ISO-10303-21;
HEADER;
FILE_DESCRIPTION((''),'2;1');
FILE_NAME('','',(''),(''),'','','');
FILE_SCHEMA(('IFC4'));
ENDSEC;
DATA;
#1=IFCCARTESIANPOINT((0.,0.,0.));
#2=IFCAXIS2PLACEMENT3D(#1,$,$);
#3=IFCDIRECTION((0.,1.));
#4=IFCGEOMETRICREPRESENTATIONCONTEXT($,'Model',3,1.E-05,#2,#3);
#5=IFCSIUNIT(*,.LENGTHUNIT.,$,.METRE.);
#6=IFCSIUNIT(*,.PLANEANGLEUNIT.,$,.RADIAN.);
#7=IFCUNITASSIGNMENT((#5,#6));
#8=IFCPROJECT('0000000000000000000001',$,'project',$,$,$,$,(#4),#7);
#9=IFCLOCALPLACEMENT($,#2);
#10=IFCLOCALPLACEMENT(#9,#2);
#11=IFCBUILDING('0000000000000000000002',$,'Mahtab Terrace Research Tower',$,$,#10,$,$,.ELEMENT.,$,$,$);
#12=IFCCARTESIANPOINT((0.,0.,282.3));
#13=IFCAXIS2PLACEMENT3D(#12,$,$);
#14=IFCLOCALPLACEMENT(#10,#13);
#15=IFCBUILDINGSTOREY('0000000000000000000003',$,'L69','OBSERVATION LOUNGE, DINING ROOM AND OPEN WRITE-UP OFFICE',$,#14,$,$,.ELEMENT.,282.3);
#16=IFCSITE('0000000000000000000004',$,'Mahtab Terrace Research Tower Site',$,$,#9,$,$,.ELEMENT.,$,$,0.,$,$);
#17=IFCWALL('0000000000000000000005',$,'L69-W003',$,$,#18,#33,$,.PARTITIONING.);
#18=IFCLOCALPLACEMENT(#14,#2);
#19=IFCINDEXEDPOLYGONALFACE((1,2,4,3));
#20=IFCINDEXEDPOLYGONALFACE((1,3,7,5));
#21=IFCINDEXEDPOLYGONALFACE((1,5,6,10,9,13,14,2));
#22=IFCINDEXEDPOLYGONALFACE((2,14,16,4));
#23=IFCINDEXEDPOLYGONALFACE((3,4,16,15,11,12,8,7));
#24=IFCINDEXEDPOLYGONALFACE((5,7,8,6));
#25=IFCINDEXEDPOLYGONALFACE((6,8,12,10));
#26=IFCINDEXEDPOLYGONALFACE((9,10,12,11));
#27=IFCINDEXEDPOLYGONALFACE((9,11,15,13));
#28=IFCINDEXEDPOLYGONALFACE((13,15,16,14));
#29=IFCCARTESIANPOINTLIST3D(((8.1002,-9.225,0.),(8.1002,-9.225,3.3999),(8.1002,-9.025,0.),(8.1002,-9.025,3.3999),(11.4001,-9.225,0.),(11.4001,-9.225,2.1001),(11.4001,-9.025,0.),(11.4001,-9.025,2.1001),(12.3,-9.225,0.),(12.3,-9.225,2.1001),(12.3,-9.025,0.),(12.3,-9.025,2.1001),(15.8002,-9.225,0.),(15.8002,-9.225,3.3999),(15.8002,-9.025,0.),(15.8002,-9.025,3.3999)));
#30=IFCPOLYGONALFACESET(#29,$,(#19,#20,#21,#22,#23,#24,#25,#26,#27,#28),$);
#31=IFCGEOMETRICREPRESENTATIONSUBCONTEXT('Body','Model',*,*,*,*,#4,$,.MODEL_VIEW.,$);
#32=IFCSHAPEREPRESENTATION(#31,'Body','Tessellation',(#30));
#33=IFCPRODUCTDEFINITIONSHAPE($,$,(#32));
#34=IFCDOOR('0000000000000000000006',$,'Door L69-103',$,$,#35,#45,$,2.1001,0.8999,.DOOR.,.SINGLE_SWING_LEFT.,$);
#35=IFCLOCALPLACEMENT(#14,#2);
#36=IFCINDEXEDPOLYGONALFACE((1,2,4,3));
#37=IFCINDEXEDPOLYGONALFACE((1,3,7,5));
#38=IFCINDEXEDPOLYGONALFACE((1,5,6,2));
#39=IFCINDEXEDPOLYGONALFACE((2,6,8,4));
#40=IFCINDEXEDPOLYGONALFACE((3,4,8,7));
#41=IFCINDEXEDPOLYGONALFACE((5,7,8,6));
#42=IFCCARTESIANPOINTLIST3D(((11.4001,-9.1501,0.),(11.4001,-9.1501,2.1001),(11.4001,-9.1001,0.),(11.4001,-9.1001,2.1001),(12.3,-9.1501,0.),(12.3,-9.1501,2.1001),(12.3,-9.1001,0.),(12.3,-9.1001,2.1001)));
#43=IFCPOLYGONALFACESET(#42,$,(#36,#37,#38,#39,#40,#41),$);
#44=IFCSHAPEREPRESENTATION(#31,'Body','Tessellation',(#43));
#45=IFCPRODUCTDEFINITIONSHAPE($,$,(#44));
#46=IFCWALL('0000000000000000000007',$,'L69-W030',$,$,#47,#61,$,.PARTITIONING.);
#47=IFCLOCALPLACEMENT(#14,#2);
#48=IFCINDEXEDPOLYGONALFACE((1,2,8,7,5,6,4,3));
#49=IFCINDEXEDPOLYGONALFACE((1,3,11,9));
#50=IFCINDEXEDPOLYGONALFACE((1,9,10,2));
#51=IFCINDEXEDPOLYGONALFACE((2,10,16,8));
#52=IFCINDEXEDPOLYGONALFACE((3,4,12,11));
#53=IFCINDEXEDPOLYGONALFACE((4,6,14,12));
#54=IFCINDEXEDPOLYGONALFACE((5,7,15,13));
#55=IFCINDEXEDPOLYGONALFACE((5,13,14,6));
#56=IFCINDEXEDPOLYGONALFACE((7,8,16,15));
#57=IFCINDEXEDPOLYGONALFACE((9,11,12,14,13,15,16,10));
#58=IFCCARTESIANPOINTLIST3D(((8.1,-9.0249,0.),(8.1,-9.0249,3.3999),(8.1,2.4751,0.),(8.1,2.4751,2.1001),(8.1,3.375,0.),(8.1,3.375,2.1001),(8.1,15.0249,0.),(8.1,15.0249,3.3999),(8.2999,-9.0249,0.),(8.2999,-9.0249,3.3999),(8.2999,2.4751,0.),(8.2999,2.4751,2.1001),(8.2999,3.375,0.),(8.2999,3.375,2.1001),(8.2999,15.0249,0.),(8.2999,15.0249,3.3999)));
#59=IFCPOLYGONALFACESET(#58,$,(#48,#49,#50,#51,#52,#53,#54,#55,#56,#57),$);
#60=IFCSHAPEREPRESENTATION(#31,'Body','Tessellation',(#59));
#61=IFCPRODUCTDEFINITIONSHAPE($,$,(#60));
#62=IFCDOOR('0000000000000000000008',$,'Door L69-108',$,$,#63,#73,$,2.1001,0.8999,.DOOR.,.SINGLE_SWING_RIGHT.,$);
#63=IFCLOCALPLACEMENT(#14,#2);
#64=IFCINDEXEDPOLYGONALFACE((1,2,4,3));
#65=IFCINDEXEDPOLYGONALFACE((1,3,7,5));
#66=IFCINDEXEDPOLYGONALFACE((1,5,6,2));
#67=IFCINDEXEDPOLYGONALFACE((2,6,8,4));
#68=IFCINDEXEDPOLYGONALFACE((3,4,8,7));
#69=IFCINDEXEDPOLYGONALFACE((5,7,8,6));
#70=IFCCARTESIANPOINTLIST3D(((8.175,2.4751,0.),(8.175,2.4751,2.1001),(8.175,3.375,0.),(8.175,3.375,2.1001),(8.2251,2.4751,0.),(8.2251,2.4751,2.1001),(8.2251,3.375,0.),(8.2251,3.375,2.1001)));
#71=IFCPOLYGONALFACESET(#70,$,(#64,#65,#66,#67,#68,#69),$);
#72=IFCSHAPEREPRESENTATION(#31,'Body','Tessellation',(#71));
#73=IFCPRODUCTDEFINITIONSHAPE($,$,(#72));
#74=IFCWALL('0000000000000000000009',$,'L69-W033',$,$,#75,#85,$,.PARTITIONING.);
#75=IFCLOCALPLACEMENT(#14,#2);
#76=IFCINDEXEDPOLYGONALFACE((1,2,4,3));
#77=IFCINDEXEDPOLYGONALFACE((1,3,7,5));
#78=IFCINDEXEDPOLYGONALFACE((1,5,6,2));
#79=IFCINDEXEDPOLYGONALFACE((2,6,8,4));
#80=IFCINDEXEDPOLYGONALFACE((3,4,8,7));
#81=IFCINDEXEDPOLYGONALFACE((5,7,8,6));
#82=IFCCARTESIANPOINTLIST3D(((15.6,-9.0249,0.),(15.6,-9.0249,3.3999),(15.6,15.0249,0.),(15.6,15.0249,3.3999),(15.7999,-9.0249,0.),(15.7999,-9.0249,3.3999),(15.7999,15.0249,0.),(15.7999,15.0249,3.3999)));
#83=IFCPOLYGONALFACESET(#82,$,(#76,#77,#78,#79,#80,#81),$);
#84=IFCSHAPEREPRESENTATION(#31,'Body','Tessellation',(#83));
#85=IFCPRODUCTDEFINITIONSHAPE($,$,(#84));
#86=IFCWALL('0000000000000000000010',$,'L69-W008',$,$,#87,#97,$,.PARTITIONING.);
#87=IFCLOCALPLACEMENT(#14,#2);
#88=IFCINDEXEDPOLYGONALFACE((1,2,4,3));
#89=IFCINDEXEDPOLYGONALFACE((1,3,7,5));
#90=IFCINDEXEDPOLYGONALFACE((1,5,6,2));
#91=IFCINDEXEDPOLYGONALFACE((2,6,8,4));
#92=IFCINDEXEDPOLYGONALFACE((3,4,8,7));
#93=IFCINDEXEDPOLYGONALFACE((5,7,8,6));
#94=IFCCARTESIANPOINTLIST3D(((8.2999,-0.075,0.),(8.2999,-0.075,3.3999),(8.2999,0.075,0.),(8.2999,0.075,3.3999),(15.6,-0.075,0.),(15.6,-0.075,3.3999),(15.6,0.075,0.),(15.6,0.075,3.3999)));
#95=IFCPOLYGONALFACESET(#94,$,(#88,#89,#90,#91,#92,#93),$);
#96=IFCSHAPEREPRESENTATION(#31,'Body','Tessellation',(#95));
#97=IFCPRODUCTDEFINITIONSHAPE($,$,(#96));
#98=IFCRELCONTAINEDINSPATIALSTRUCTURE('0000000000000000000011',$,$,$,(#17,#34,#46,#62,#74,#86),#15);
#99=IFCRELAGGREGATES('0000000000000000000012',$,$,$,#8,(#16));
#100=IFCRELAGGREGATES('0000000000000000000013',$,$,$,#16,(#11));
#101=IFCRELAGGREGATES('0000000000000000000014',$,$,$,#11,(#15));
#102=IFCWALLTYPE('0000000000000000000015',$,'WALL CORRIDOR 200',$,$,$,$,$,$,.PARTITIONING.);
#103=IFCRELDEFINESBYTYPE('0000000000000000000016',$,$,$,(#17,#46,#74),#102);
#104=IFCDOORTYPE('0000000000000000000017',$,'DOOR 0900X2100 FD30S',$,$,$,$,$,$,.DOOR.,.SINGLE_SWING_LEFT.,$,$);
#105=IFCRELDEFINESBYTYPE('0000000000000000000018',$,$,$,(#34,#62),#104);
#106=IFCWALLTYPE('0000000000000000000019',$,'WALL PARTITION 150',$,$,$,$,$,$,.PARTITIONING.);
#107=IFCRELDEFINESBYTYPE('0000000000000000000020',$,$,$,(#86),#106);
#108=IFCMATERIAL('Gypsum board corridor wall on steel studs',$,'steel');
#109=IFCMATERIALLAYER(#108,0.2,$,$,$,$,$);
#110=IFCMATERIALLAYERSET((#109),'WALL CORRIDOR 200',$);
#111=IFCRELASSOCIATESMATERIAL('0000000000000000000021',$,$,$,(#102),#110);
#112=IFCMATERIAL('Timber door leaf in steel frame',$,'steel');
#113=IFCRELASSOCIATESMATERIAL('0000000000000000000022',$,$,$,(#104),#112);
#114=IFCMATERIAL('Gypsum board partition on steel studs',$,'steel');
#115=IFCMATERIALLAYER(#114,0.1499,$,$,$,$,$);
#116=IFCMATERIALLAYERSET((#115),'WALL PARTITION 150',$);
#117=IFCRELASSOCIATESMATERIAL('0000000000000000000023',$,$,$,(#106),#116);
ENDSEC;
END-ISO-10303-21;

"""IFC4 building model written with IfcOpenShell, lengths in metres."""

from ifc_helpers import new_model, si_unit, direction, frame, frame_2d, origin, place, context, subcontext, project, spatial, rectangle, extrude, material, layer, layer_set, type_object, element, fill, save


model = new_model("IFC4")

# Units and contexts
model_context = context("Model", 3, precision=1e-05, world=origin(), true_north=direction((0.0, 1.0)))
body_context = subcontext(model_context, "Body", "Model", "MODEL_VIEW")
ifc_project = project(units=[si_unit("LENGTHUNIT", "METRE"), si_unit("PLANEANGLEUNIT", "RADIAN")], contexts=[model_context])

# Site, building, storey
site_placement = place(None, origin())
site = spatial("IfcSite", under=ifc_project, at=site_placement, Name="Mahtab Terrace Research Tower Site", CompositionType="ELEMENT", RefElevation=0.0)
building_placement = place(site_placement, origin())
building = spatial("IfcBuilding", under=site, at=building_placement, Name="Mahtab Terrace Research Tower", CompositionType="ELEMENT")
storey_placement = place(building_placement, frame((0.0, 0.0, 282.3)))
storey = spatial("IfcBuildingStorey", under=building, at=storey_placement, Name="L69", Description="OBSERVATION LOUNGE, DINING ROOM AND OPEN WRITE-UP OFFICE", CompositionType="ELEMENT", Elevation=282.3)

# Walls, openings, doors
ifc_material_1 = material(Name="Gypsum board corridor wall on steel studs", Category="steel")
ifc_layer_1 = layer(ifc_material_1, 0.2)
ifc_layer_set_1 = layer_set([ifc_layer_1], Name="WALL CORRIDOR 200")
wall_type_1 = type_object("IfcWallType", Name="WALL CORRIDOR 200", PredefinedType="PARTITIONING", material=ifc_layer_set_1)
wall_1_placement = place(storey_placement, frame((8.1001, -9.125, 0.0), z_axis=(0.0, 0.0, 1.0), x_axis=(1.0, 0.0, 0.0)))
wall_1 = element("IfcWall", 1, at=wall_1_placement, inside=storey, type_object=wall_type_1, Name="L69-W003", PredefinedType="PARTITIONING", context=body_context, shape_type="SweptSolid", body=[
    extrude(rectangle(XDim=7.7, YDim=0.2, at=frame_2d((3.8501, 0.0))), origin(), (0.0, 0.0, 1.0), 3.3999),
])
opening_1_placement = place(wall_1_placement, frame((3.3, 0.0, 0.0)))
opening_1 = element("IfcOpeningElement", 2, at=opening_1_placement, cuts=wall_1, PredefinedType="OPENING", context=body_context, shape_type="SweptSolid", body=[
    extrude(rectangle(XDim=0.8999, YDim=2.1001, at=frame_2d((0.45, 1.05))), frame((0.0, 0.1099, 0.0), z_axis=(0.0, -1.0, 0.0), x_axis=(1.0, 0.0, 0.0)), (0.0, 0.0, 1.0), 0.22),
])
ifc_material_2 = material(Name="Timber door leaf in steel frame", Category="steel")
door_type = type_object("IfcDoorType", Name="DOOR 0900X2100 FD30S", OperationType="SINGLE_SWING_LEFT", PredefinedType="DOOR", material=ifc_material_2)
door_1_placement = place(opening_1_placement, origin())
door_1 = element("IfcDoor", 3, at=door_1_placement, inside=storey, type_object=door_type, Name="Door L69-103", OperationType="SINGLE_SWING_LEFT", OverallHeight=2.1001, OverallWidth=0.8999, PredefinedType="DOOR", context=body_context, shape_type="SweptSolid", body=[
    extrude(rectangle(XDim=0.8999, YDim=2.1001, at=frame_2d((0.45, 1.05))), frame((0.0, 0.0249, 0.0), z_axis=(0.0, -1.0, 0.0), x_axis=(1.0, 0.0, 0.0)), (0.0, 0.0, 1.0), 0.05),
])
fill(opening_1, door_1)
wall_2_placement = place(storey_placement, frame((8.2, -9.0249, 0.0), z_axis=(0.0, 0.0, 1.0), x_axis=(0.0, 1.0, 0.0)))
wall_2 = element("IfcWall", 4, at=wall_2_placement, inside=storey, type_object=wall_type_1, Name="L69-W030", PredefinedType="PARTITIONING", context=body_context, shape_type="SweptSolid", body=[
    extrude(rectangle(XDim=24.0498, YDim=0.2, at=frame_2d((12.0249, 0.0))), origin(), (0.0, 0.0, 1.0), 3.3999),
])
opening_2_placement = place(wall_2_placement, frame((11.5, 0.0, 0.0)))
opening_2 = element("IfcOpeningElement", 5, at=opening_2_placement, cuts=wall_2, PredefinedType="OPENING", context=body_context, shape_type="SweptSolid", body=[
    extrude(rectangle(XDim=0.8999, YDim=2.1001, at=frame_2d((0.45, 1.05))), frame((0.0, 0.1099, 0.0), z_axis=(0.0, -1.0, 0.0), x_axis=(1.0, 0.0, 0.0)), (0.0, 0.0, 1.0), 0.22),
])
door_2_placement = place(opening_2_placement, origin())
door_2 = element("IfcDoor", 6, at=door_2_placement, inside=storey, type_object=door_type, Name="Door L69-108", OperationType="SINGLE_SWING_RIGHT", OverallHeight=2.1001, OverallWidth=0.8999, PredefinedType="DOOR", context=body_context, shape_type="SweptSolid", body=[
    extrude(rectangle(XDim=0.8999, YDim=2.1001, at=frame_2d((0.45, 1.05))), frame((0.0, 0.0249, 0.0), z_axis=(0.0, -1.0, 0.0), x_axis=(1.0, 0.0, 0.0)), (0.0, 0.0, 1.0), 0.05),
])
fill(opening_2, door_2)

# Walls
wall_3_placement = place(storey_placement, frame((15.7, -9.0249, 0.0), z_axis=(0.0, 0.0, 1.0), x_axis=(0.0, 1.0, 0.0)))
element("IfcWall", 7, at=wall_3_placement, inside=storey, type_object=wall_type_1, Name="L69-W033", PredefinedType="PARTITIONING", context=body_context, shape_type="SweptSolid", body=[
    extrude(rectangle(XDim=24.0498, YDim=0.2, at=frame_2d((12.0249, 0.0))), origin(), (0.0, 0.0, 1.0), 3.3999),
])
ifc_material_3 = material(Name="Gypsum board partition on steel studs", Category="steel")
ifc_layer_2 = layer(ifc_material_3, 0.1499)
ifc_layer_set_2 = layer_set([ifc_layer_2], Name="WALL PARTITION 150")
wall_type_2 = type_object("IfcWallType", Name="WALL PARTITION 150", PredefinedType="PARTITIONING", material=ifc_layer_set_2)
wall_4_placement = place(storey_placement, frame((8.3, 0.0, 0.0), z_axis=(0.0, 0.0, 1.0), x_axis=(1.0, 0.0, 0.0)))
element("IfcWall", 8, at=wall_4_placement, inside=storey, type_object=wall_type_2, Name="L69-W008", PredefinedType="PARTITIONING", context=body_context, shape_type="SweptSolid", body=[
    extrude(rectangle(XDim=7.3, YDim=0.1499, at=frame_2d((3.6499, 0.0))), origin(), (0.0, 0.0, 1.0), 3.3999),
])

save(model, "model.ifc")
